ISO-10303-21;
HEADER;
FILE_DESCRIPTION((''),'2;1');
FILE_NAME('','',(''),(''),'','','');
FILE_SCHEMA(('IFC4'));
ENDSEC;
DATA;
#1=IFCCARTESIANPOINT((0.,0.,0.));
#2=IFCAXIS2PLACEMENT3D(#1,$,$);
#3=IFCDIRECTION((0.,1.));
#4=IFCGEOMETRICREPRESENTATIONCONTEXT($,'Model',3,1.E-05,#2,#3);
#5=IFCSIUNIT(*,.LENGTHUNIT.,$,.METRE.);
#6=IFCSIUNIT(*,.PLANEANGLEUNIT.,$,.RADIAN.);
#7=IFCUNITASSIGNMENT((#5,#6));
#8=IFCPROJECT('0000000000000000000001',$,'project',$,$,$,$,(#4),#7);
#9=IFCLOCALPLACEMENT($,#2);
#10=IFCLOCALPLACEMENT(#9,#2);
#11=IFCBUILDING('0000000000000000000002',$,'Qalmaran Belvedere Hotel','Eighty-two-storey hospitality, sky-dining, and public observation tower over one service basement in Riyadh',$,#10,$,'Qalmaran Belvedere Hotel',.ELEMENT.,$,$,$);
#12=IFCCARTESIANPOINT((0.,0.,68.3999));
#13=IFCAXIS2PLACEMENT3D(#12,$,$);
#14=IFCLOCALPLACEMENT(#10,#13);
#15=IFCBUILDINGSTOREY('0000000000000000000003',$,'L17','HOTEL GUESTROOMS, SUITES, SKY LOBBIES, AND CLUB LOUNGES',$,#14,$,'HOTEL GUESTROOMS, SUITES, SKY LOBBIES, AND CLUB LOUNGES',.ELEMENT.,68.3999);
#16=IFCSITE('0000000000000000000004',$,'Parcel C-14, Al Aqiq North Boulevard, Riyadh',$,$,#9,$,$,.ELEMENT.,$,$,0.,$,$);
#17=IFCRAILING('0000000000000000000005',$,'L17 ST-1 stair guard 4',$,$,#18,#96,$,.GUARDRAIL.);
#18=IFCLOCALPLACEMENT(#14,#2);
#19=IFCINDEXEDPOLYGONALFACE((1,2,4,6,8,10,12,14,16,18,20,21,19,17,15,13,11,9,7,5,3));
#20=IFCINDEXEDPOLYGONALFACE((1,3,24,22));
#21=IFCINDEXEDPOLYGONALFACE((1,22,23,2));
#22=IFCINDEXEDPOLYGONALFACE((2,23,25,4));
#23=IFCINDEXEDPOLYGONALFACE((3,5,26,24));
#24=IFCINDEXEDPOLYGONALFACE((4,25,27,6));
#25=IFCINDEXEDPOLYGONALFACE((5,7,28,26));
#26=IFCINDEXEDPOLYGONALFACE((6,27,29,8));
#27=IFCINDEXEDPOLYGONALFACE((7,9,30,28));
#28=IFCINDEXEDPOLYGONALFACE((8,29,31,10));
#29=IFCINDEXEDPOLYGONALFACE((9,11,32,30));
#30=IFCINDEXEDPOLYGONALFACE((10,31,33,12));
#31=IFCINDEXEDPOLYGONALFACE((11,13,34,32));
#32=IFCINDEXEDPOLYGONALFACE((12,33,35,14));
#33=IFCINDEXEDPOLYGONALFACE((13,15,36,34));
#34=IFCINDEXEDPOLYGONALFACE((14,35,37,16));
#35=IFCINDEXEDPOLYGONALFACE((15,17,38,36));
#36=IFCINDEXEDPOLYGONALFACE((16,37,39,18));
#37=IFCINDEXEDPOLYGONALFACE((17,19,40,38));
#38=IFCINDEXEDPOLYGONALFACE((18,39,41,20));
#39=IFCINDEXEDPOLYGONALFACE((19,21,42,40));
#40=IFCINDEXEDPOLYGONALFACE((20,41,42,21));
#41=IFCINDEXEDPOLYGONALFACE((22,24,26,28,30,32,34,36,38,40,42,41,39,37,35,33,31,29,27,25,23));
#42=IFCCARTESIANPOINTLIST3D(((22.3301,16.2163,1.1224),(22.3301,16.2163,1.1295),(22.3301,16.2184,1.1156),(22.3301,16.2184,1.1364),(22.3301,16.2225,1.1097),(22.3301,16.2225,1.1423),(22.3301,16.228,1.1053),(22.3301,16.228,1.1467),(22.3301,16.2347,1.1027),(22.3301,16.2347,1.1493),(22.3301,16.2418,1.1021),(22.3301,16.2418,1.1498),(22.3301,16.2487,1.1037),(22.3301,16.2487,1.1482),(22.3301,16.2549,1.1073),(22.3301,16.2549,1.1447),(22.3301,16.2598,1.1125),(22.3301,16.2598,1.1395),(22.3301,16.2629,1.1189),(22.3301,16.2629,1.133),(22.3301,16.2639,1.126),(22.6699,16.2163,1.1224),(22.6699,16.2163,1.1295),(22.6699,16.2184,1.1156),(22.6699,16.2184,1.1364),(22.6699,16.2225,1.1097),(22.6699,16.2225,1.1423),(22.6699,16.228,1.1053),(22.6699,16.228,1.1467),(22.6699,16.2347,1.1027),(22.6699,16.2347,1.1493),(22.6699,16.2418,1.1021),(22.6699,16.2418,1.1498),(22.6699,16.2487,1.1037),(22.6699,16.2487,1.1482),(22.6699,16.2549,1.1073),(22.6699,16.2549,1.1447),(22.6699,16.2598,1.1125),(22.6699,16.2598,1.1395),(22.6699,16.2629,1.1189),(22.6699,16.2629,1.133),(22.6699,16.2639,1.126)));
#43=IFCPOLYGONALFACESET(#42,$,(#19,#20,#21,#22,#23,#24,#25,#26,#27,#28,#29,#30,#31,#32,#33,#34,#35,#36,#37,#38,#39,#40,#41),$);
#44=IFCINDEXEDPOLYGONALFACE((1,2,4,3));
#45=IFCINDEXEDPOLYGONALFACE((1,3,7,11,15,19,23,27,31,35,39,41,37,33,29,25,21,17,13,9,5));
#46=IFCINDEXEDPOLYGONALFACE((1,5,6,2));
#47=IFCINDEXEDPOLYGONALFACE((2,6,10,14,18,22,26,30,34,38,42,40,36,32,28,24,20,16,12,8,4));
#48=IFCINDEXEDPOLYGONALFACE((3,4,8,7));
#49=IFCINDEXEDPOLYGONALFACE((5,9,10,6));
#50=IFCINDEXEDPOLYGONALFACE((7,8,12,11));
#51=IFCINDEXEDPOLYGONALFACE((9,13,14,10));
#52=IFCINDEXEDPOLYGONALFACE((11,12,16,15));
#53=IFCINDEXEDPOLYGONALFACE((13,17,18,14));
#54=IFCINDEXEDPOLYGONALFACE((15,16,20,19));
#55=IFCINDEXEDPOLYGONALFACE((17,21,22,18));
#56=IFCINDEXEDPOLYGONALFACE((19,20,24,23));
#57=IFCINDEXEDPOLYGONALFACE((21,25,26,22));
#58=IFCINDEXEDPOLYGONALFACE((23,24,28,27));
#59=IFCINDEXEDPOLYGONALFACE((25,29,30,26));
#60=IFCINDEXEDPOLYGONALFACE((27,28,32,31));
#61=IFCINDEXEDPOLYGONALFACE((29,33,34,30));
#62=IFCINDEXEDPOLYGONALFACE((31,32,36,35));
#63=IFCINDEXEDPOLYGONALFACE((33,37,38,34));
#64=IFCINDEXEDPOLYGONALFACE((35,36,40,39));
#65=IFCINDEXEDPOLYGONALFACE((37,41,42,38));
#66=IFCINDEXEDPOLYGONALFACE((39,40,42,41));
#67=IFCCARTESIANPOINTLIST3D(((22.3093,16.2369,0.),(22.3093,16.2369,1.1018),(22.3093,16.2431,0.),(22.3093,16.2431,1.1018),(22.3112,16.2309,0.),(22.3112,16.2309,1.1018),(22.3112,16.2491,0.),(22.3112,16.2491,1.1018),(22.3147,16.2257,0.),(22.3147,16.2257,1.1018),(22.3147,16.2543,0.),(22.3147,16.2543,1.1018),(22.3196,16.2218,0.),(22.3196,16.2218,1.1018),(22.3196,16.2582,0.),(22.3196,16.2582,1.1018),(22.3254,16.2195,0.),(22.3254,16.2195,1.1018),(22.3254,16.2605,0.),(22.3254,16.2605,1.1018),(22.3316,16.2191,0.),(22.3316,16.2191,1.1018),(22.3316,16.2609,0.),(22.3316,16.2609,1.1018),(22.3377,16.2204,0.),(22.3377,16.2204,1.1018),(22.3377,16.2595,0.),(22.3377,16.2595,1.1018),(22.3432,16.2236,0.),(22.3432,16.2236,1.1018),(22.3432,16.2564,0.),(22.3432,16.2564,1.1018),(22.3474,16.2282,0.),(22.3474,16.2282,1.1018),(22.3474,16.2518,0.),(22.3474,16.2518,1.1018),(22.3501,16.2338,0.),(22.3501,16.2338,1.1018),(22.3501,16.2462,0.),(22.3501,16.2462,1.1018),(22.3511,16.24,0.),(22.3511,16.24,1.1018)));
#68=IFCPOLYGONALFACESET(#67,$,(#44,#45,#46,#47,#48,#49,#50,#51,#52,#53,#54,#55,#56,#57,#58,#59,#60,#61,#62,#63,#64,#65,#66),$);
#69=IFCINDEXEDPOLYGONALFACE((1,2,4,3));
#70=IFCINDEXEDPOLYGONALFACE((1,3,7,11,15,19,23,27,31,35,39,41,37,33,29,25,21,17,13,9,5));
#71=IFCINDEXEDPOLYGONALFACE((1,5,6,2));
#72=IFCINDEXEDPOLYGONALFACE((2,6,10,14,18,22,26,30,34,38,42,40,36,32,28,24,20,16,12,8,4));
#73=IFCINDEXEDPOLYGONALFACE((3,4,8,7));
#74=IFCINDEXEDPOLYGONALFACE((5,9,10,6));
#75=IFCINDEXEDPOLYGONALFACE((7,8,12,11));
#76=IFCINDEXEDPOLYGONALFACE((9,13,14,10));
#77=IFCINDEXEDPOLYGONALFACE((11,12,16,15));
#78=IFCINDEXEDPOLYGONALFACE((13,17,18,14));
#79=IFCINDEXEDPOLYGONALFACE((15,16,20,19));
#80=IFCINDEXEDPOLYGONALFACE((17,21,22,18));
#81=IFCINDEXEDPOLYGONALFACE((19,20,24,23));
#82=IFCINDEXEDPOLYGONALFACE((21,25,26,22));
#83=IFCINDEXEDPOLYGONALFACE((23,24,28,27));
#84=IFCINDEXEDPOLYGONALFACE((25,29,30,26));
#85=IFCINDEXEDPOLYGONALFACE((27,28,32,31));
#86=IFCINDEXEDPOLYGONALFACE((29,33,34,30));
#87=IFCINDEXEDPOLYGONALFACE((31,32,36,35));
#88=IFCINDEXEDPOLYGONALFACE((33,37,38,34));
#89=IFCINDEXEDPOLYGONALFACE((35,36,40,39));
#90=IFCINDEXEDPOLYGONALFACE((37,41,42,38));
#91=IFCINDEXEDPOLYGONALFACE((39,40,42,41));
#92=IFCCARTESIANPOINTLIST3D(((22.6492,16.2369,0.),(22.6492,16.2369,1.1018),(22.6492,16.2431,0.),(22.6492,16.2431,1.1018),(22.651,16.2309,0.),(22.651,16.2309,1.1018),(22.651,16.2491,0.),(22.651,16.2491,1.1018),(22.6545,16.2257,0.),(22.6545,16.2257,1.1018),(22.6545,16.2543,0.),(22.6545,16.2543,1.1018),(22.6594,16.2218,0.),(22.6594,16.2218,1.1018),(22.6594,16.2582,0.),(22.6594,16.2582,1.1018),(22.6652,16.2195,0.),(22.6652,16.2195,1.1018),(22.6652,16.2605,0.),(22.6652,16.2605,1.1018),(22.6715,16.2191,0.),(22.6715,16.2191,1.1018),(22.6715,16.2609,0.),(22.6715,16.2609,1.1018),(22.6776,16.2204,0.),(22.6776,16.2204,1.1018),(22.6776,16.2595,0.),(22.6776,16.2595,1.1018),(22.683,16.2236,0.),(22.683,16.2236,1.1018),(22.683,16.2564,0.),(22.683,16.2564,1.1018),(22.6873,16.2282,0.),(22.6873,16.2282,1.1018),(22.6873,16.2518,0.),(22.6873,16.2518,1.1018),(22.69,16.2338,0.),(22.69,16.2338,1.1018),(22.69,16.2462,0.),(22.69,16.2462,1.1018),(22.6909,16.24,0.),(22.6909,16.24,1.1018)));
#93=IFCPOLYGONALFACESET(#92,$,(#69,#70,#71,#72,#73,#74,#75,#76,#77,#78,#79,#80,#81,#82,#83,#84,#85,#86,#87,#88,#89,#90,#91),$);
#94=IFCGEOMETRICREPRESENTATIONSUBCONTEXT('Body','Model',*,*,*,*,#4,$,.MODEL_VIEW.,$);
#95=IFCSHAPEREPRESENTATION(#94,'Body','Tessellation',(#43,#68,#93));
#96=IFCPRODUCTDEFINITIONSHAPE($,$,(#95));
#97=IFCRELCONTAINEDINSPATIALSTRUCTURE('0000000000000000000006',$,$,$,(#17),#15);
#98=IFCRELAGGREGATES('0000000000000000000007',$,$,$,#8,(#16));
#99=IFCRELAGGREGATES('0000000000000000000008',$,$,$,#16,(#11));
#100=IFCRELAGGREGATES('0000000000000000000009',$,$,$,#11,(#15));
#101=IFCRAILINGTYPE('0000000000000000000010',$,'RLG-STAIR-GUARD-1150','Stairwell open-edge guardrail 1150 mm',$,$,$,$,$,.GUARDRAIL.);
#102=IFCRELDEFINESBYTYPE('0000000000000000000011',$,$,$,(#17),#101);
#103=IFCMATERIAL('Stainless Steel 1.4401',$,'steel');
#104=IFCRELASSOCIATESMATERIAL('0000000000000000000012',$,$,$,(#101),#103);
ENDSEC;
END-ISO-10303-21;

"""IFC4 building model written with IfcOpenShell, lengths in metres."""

from ifc_helpers import new_model, si_unit, direction, frame, origin, origin_2d, place, context, subcontext, project, spatial, circle, extrude, material, type_object, element, save


model = new_model("IFC4")

# Units and contexts
model_context = context("Model", 3, precision=1e-05, world=origin(), true_north=direction((0.0, 1.0)))
body_context = subcontext(model_context, "Body", "Model", "MODEL_VIEW")
ifc_project = project(units=[si_unit("LENGTHUNIT", "METRE"), si_unit("PLANEANGLEUNIT", "RADIAN")], contexts=[model_context])

# Site, building, storey
site_placement = place(None, origin())
site = spatial("IfcSite", under=ifc_project, at=site_placement, Name="Parcel C-14, Al Aqiq North Boulevard, Riyadh", CompositionType="ELEMENT", RefElevation=0.0)
building_placement = place(site_placement, origin())
building = spatial("IfcBuilding", under=site, at=building_placement, Name="Qalmaran Belvedere Hotel", Description="Eighty-two-storey hospitality, sky-dining, and public observation tower over one service basement in Riyadh", LongName="Qalmaran Belvedere Hotel", CompositionType="ELEMENT")
storey_placement = place(building_placement, frame((0.0, 0.0, 68.3999)))
storey = spatial("IfcBuildingStorey", under=building, at=storey_placement, Name="L17", Description="HOTEL GUESTROOMS, SUITES, SKY LOBBIES, AND CLUB LOUNGES", LongName="HOTEL GUESTROOMS, SUITES, SKY LOBBIES, AND CLUB LOUNGES", CompositionType="ELEMENT", Elevation=68.3999)

# Railing
ifc_material_1 = material(Name="Stainless Steel 1.4401", Category="steel")
railing_type_1 = type_object("IfcRailingType", Name="RLG-STAIR-GUARD-1150", Description="Stairwell open-edge guardrail 1150 mm", PredefinedType="GUARDRAIL", material=ifc_material_1)
railing_1_placement = place(storey_placement, frame((22.3301, 16.24, 0.0)))
element("IfcRailing", 1, at=railing_1_placement, inside=storey, type_object=railing_type_1, Name="L17 ST-1 stair guard 4", PredefinedType="GUARDRAIL", context=body_context, shape_type="SweptSolid", body=[
    extrude(circle(Radius=0.0239, at=origin_2d()), frame((0.0, 0.0, 1.126), z_axis=(1.0, 0.0, 0.0), x_axis=(0.0, 1.0, 0.0)), (0.0, 0.0, 1.0), 0.3398),
    extrude(circle(Radius=0.021, at=origin_2d()), origin(), (0.0, 0.0, 1.0), 1.1018),
    extrude(circle(Radius=0.021, at=origin_2d()), frame((0.3398, 0.0, 0.0)), (0.0, 0.0, 1.0), 1.1018),
])

save(model, "model.ifc")
